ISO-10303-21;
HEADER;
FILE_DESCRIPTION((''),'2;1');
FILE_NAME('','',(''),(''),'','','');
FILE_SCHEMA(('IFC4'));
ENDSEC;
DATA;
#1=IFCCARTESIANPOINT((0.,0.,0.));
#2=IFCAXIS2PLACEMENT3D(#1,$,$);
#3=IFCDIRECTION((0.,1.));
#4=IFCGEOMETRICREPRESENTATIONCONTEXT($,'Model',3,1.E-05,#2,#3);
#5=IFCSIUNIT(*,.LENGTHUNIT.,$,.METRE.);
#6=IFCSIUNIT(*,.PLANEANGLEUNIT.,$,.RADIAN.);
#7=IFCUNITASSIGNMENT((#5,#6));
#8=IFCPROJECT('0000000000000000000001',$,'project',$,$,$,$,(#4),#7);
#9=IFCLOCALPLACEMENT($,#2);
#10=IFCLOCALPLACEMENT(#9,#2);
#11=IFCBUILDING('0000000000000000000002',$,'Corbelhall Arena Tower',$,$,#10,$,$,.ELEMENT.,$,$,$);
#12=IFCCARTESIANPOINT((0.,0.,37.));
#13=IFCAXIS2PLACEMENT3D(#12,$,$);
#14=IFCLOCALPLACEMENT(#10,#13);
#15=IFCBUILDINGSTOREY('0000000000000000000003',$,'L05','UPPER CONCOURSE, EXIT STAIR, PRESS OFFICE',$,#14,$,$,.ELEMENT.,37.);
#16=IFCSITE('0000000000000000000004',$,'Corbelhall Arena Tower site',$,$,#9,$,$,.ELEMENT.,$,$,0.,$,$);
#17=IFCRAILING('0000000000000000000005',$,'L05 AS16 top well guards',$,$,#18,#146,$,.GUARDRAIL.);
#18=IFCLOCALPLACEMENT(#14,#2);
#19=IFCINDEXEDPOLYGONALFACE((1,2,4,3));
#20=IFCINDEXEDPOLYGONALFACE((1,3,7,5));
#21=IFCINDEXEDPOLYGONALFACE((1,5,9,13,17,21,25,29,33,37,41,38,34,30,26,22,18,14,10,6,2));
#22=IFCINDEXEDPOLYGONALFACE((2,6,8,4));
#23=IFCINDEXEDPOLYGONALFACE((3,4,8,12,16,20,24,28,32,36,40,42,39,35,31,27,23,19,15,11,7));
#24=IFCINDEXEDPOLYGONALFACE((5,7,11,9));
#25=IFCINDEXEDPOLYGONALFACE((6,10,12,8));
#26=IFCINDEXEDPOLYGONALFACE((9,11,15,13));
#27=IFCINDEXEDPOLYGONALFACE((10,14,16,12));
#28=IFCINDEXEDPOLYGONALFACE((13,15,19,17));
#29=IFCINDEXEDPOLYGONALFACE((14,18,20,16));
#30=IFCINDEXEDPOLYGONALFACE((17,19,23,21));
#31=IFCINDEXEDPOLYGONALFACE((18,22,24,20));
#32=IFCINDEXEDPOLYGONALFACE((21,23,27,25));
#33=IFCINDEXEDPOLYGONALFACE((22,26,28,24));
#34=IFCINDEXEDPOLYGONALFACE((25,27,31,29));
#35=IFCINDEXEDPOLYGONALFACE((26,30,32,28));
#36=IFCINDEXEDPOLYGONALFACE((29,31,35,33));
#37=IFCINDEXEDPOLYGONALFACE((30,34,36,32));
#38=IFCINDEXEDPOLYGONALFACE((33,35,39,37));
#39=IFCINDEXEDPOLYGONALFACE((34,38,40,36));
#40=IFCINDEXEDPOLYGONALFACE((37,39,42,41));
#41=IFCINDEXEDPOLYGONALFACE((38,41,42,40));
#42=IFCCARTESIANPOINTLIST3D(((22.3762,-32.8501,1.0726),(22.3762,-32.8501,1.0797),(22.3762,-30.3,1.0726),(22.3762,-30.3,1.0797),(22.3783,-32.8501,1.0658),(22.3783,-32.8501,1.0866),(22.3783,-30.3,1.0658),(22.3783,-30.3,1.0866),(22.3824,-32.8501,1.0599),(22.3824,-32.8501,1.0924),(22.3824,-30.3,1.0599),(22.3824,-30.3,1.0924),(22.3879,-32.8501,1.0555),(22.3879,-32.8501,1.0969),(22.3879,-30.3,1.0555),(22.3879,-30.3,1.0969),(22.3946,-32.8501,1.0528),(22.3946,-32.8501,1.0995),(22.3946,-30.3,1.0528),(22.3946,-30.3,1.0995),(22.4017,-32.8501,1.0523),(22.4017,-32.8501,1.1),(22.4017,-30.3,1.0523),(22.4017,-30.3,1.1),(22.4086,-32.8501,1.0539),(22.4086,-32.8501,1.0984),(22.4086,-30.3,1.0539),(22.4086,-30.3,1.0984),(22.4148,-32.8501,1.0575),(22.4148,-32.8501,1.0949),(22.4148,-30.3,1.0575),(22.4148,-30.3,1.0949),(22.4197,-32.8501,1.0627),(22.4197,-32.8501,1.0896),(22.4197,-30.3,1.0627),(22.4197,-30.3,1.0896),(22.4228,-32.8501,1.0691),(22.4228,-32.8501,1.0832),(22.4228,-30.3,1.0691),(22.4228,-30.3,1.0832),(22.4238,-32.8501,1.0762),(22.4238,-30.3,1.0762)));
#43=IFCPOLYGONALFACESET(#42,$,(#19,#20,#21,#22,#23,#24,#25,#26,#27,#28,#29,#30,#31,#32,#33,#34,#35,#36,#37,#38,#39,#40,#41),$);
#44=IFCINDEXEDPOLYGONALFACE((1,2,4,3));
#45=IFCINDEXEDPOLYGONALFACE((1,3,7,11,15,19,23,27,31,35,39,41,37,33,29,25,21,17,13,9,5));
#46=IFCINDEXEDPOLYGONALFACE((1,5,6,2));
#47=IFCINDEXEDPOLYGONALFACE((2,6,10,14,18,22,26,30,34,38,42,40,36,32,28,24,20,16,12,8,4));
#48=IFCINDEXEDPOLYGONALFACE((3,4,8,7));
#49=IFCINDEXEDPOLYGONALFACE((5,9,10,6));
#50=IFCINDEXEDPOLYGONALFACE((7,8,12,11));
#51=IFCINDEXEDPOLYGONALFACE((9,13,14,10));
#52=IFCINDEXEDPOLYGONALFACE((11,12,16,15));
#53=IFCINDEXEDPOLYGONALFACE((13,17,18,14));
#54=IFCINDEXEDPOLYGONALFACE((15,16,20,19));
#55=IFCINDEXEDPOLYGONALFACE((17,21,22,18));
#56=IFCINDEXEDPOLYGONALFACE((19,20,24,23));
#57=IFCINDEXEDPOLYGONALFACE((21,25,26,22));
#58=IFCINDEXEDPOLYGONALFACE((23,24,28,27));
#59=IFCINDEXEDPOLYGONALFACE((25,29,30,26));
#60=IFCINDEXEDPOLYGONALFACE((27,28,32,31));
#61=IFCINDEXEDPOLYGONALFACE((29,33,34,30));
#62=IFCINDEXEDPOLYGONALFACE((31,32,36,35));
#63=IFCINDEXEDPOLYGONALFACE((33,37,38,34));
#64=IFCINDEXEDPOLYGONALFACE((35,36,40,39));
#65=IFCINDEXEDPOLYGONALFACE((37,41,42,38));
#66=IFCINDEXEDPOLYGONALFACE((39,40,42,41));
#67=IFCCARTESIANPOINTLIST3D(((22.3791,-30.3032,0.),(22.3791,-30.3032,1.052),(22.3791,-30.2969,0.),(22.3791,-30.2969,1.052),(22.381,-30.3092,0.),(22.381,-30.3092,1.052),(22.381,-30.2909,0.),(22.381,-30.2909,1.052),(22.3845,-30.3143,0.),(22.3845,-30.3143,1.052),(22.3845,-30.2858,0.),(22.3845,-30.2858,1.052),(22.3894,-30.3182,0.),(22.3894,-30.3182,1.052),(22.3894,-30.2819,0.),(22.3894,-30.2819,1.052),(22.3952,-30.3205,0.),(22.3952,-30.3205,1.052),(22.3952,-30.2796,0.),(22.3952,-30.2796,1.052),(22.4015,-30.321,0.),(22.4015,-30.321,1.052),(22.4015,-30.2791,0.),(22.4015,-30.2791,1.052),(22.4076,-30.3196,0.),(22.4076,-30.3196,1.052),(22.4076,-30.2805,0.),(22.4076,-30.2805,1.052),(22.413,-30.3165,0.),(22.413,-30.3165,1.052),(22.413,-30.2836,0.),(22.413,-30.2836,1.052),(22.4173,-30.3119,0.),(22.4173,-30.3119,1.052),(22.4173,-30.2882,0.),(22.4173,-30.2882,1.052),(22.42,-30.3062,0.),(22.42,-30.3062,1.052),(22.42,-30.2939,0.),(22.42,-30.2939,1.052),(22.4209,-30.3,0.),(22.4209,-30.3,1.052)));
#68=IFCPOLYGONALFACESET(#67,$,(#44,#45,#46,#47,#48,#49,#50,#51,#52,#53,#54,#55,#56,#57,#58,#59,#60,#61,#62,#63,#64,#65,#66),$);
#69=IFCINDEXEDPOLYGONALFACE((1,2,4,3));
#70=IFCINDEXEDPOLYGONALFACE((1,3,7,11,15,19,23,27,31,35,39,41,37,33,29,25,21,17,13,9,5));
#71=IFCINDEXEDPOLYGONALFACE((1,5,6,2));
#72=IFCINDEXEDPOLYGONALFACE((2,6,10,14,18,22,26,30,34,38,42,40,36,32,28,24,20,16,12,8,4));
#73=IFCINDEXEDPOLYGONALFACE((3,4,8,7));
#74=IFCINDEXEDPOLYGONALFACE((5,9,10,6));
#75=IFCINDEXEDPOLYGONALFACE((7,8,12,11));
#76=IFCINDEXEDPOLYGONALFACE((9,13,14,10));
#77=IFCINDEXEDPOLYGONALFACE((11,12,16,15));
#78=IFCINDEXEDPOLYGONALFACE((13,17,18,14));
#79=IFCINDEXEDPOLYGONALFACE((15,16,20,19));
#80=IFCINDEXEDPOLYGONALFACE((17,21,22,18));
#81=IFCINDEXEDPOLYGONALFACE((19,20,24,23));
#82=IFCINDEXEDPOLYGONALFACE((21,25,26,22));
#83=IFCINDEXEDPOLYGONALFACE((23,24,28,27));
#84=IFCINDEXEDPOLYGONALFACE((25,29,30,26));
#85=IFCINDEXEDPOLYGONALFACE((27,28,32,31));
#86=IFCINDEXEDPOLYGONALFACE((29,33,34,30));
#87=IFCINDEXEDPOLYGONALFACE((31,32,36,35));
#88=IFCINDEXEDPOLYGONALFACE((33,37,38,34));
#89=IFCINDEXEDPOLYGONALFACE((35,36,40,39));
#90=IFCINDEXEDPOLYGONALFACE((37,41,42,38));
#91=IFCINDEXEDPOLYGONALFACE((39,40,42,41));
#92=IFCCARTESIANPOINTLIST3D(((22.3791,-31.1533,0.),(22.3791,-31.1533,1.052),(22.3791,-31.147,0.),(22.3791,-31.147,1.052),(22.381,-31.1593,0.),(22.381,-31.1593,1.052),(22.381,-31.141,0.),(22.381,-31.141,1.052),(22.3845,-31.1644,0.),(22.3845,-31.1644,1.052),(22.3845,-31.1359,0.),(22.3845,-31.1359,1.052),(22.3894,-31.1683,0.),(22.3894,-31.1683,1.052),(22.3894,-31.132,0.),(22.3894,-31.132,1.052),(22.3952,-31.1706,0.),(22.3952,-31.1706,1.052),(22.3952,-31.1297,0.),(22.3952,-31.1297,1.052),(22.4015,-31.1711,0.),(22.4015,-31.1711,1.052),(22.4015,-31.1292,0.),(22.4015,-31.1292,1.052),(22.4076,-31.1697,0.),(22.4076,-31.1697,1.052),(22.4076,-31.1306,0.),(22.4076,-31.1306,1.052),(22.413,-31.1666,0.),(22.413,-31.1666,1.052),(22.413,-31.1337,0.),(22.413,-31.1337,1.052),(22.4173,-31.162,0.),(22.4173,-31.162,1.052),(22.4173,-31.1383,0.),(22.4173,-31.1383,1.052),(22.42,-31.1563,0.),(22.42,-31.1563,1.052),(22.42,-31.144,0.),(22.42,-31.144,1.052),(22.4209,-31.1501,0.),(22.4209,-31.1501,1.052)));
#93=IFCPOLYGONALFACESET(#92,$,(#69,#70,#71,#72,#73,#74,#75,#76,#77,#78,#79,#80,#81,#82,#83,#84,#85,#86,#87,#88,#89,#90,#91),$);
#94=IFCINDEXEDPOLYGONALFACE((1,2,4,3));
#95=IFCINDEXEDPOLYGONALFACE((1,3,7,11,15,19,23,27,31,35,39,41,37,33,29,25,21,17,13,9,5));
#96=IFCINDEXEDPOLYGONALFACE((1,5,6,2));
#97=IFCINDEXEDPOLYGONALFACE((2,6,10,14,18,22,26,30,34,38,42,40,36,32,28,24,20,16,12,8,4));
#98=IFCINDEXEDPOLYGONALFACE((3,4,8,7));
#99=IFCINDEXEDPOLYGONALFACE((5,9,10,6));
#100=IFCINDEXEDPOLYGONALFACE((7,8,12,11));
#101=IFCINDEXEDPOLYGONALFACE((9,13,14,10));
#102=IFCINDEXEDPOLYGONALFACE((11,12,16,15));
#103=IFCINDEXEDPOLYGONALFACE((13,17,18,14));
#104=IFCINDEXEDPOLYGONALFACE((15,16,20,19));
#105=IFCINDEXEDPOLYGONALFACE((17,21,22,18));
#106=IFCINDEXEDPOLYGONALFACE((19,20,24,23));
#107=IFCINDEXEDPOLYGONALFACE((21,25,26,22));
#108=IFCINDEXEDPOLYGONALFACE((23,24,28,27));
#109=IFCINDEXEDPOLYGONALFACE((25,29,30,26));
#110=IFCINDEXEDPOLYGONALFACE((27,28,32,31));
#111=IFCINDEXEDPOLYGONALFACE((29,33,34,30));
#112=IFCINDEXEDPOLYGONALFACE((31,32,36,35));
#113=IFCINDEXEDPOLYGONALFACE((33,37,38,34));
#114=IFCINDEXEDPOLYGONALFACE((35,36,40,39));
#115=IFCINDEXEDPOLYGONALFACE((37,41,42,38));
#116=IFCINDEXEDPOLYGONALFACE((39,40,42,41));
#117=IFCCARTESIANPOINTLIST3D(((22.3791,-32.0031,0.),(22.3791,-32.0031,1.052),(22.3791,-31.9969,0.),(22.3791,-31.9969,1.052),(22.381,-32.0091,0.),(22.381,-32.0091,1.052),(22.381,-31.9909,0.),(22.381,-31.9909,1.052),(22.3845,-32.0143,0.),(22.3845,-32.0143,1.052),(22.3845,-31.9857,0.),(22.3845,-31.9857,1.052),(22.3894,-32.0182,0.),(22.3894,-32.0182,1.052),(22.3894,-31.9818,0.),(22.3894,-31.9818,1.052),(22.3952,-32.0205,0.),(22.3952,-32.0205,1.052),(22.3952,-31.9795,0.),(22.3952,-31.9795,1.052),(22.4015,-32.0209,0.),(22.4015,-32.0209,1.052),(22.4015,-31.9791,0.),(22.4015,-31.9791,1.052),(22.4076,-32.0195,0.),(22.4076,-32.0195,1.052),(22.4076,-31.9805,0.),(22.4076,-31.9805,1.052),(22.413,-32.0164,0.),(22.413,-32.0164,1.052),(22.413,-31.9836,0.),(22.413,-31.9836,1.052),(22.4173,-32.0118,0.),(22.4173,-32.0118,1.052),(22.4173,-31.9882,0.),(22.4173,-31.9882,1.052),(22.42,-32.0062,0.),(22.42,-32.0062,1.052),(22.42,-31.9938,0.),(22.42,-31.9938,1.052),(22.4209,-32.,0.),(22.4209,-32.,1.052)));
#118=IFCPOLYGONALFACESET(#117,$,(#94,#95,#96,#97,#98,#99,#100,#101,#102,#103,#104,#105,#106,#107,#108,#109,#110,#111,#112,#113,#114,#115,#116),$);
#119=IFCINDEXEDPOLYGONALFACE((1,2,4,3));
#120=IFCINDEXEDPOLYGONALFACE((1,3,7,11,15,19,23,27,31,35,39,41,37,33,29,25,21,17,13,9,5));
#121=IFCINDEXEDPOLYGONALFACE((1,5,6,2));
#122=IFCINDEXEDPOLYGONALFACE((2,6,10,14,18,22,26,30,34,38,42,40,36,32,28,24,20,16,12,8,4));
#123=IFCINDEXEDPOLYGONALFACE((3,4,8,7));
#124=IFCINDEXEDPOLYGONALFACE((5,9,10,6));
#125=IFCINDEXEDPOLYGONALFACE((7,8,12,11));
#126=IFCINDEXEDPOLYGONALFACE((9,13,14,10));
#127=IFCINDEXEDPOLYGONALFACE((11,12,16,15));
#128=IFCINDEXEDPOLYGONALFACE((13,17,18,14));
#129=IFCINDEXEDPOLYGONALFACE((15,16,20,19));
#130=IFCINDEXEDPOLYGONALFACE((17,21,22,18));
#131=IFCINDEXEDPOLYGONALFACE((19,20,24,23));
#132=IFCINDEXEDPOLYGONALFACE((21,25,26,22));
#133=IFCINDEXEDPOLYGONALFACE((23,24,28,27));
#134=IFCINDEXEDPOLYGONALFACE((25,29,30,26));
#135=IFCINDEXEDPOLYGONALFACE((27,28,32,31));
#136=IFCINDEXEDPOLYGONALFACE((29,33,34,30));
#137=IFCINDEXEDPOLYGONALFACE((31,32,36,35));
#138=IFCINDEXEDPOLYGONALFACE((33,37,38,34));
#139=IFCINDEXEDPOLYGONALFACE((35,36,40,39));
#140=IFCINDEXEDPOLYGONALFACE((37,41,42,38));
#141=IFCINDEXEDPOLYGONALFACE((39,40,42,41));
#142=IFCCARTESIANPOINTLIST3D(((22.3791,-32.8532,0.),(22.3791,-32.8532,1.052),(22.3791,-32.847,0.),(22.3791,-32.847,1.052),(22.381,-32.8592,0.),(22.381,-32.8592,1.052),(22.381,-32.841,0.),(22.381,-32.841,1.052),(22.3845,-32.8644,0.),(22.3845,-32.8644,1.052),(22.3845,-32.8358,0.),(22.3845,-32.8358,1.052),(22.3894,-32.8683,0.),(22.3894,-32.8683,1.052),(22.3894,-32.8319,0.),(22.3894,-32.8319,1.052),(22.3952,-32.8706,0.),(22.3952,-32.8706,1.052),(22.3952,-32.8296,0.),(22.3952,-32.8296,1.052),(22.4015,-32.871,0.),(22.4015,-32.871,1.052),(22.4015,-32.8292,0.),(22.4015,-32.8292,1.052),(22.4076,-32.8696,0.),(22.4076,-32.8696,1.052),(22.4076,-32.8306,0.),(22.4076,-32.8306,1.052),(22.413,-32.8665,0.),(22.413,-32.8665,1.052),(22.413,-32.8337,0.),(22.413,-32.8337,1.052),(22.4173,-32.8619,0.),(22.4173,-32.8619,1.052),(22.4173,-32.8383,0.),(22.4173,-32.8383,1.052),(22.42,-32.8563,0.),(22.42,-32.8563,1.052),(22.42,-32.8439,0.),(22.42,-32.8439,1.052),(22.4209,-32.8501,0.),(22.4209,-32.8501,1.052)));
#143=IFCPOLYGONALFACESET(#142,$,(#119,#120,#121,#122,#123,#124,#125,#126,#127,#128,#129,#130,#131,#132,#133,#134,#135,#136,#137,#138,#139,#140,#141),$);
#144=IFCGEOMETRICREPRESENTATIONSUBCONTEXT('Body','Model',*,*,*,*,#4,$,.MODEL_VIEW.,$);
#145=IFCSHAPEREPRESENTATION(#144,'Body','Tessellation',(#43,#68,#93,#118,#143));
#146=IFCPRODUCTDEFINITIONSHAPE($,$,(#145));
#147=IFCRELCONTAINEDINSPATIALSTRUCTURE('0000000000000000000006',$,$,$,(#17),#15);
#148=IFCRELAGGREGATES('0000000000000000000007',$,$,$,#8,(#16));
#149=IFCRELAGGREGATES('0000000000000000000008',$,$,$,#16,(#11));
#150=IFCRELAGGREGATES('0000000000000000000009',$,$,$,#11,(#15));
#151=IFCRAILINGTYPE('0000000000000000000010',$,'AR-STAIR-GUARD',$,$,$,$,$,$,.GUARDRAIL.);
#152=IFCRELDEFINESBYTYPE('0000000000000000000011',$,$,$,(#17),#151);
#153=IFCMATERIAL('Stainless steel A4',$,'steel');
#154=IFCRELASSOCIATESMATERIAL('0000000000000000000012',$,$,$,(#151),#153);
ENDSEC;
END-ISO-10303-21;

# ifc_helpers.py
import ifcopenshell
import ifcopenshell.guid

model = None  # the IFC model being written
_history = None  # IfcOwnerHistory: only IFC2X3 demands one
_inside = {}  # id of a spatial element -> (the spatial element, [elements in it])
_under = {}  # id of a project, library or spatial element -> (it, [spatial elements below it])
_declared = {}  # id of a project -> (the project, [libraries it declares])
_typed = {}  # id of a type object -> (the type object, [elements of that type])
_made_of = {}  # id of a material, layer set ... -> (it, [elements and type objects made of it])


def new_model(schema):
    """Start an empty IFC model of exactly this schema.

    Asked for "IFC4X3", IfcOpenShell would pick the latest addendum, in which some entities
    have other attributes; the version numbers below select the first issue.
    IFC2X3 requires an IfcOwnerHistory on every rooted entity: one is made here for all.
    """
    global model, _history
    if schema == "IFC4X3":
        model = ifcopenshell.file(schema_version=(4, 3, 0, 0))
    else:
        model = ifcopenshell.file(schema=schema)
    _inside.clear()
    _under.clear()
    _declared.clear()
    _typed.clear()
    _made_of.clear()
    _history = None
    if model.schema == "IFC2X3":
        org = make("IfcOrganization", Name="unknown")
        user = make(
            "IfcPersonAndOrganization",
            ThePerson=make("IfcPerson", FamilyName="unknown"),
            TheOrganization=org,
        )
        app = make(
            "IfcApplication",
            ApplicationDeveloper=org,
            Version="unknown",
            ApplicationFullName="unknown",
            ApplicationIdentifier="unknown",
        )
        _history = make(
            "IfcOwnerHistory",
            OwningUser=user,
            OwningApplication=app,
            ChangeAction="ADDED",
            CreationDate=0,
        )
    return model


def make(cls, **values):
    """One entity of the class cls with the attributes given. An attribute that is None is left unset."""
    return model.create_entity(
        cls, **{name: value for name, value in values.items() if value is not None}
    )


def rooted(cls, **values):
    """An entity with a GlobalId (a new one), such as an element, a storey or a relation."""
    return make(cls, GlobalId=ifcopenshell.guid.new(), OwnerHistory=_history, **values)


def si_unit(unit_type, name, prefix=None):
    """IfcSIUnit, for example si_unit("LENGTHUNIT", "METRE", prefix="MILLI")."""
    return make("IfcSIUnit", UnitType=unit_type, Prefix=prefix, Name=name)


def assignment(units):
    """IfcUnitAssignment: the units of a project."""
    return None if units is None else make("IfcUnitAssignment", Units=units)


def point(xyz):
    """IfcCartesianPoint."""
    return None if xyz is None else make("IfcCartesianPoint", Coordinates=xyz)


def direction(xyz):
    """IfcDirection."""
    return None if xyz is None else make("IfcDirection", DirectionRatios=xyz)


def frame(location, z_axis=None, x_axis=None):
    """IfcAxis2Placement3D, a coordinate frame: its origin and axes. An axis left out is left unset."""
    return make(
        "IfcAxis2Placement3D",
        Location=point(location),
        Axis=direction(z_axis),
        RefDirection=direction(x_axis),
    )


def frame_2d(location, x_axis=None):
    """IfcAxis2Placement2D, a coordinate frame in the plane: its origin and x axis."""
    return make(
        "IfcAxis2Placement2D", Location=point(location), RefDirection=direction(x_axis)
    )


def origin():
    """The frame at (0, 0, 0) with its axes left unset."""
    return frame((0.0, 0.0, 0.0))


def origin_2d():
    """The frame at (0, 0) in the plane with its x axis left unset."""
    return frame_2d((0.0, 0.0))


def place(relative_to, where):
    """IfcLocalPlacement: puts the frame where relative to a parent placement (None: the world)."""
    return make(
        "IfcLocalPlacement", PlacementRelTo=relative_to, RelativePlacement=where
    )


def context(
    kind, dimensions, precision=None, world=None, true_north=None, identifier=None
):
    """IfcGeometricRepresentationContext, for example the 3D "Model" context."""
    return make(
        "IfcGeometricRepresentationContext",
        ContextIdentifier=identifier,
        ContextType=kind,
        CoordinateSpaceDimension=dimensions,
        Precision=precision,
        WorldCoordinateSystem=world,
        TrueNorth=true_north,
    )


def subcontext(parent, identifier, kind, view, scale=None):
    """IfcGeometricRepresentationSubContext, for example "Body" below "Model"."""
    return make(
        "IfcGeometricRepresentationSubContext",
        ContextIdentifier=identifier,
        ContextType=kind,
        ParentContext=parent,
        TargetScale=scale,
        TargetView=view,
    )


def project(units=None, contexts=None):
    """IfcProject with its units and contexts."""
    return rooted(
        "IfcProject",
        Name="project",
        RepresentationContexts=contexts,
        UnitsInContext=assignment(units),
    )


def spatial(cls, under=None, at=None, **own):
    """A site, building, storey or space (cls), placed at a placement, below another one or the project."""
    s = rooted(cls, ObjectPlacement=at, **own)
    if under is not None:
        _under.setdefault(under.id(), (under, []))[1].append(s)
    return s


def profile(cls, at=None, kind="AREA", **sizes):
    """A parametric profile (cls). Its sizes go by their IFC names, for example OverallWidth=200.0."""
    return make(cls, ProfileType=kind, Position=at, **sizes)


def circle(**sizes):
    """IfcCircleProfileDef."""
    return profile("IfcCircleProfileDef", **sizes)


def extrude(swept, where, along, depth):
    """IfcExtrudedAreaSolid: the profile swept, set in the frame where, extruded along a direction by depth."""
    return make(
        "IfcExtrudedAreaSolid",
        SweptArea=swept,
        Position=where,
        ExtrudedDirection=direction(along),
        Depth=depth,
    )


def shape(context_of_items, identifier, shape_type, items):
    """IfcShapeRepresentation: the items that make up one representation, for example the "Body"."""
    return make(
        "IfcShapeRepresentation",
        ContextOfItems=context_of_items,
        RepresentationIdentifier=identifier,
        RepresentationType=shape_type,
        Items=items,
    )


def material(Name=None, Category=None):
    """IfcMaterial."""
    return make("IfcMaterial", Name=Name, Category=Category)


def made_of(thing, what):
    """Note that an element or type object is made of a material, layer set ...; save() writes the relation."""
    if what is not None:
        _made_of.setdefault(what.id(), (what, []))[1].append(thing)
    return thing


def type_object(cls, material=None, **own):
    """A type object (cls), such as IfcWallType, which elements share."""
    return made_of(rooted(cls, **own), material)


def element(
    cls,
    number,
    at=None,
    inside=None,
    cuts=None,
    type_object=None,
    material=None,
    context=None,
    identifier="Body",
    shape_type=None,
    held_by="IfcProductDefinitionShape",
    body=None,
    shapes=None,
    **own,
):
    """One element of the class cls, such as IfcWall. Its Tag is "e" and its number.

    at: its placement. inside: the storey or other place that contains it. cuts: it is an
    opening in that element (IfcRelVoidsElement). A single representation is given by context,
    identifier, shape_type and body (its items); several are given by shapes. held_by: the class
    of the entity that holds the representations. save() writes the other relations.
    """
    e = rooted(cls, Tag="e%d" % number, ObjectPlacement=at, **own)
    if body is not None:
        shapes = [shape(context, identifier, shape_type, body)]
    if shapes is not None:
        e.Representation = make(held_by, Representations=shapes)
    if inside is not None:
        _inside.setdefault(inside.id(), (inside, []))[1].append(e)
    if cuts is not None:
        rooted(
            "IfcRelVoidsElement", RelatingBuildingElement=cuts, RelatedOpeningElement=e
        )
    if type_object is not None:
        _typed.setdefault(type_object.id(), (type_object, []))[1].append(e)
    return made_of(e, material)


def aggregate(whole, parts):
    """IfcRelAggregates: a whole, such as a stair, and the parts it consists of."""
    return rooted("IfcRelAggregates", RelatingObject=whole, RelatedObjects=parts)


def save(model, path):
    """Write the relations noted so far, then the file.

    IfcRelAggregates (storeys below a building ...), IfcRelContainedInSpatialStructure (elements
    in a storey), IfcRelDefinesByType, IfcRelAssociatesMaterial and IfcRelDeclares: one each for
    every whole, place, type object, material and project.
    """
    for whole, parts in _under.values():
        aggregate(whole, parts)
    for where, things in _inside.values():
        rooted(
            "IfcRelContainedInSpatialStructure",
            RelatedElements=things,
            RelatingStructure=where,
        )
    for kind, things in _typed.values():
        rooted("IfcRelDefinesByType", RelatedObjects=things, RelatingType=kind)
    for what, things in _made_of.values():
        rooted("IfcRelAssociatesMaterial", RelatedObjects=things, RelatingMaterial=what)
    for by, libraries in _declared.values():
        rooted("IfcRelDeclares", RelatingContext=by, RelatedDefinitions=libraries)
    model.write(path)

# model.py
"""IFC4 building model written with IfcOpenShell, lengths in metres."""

from ifc_helpers import new_model, si_unit, direction, frame, origin, origin_2d, place, context, subcontext, project, spatial, circle, extrude, material, type_object, element, save


model = new_model("IFC4")

# Units and contexts
model_context = context("Model", 3, precision=1e-05, world=origin(), true_north=direction((0.0, 1.0)))
body_context = subcontext(model_context, "Body", "Model", "MODEL_VIEW")
ifc_project = project(units=[si_unit("LENGTHUNIT", "METRE"), si_unit("PLANEANGLEUNIT", "RADIAN")], contexts=[model_context])

# Site, building, storey
site_placement = place(None, origin())
site = spatial("IfcSite", under=ifc_project, at=site_placement, Name="Corbelhall Arena Tower site", CompositionType="ELEMENT", RefElevation=0.0)
building_placement = place(site_placement, origin())
building = spatial("IfcBuilding", under=site, at=building_placement, Name="Corbelhall Arena Tower", CompositionType="ELEMENT")
storey_placement = place(building_placement, frame((0.0, 0.0, 37.0)))
storey = spatial("IfcBuildingStorey", under=building, at=storey_placement, Name="L05", Description="UPPER CONCOURSE, EXIT STAIR, PRESS OFFICE", CompositionType="ELEMENT", Elevation=37.0)

# Railing
ifc_material_1 = material(Name="Stainless steel A4", Category="steel")
railing_type = type_object("IfcRailingType", Name="AR-STAIR-GUARD", PredefinedType="GUARDRAIL", material=ifc_material_1)
railing_placement = place(storey_placement, frame((22.3999, -30.3, 0.0)))
element("IfcRailing", 1, at=railing_placement, inside=storey, type_object=railing_type, Name="L05 AS16 top well guards", PredefinedType="GUARDRAIL", context=body_context, shape_type="SweptSolid", body=[
    extrude(circle(Radius=0.0239, at=origin_2d()), frame((0.0, 0.0, 1.0762), z_axis=(0.0, -1.0, 0.0), x_axis=(1.0, 0.0, 0.0)), (0.0, 0.0, 1.0), 2.55),
    extrude(circle(Radius=0.021, at=origin_2d()), origin(), (0.0, 0.0, 1.0), 1.052),
    extrude(circle(Radius=0.021, at=origin_2d()), frame((0.0, -0.8501, 0.0)), (0.0, 0.0, 1.0), 1.052),
    extrude(circle(Radius=0.021, at=origin_2d()), frame((0.0, -1.7, 0.0)), (0.0, 0.0, 1.0), 1.052),
    extrude(circle(Radius=0.021, at=origin_2d()), frame((0.0, -2.55, 0.0)), (0.0, 0.0, 1.0), 1.052),
])

save(model, "model.ifc")
